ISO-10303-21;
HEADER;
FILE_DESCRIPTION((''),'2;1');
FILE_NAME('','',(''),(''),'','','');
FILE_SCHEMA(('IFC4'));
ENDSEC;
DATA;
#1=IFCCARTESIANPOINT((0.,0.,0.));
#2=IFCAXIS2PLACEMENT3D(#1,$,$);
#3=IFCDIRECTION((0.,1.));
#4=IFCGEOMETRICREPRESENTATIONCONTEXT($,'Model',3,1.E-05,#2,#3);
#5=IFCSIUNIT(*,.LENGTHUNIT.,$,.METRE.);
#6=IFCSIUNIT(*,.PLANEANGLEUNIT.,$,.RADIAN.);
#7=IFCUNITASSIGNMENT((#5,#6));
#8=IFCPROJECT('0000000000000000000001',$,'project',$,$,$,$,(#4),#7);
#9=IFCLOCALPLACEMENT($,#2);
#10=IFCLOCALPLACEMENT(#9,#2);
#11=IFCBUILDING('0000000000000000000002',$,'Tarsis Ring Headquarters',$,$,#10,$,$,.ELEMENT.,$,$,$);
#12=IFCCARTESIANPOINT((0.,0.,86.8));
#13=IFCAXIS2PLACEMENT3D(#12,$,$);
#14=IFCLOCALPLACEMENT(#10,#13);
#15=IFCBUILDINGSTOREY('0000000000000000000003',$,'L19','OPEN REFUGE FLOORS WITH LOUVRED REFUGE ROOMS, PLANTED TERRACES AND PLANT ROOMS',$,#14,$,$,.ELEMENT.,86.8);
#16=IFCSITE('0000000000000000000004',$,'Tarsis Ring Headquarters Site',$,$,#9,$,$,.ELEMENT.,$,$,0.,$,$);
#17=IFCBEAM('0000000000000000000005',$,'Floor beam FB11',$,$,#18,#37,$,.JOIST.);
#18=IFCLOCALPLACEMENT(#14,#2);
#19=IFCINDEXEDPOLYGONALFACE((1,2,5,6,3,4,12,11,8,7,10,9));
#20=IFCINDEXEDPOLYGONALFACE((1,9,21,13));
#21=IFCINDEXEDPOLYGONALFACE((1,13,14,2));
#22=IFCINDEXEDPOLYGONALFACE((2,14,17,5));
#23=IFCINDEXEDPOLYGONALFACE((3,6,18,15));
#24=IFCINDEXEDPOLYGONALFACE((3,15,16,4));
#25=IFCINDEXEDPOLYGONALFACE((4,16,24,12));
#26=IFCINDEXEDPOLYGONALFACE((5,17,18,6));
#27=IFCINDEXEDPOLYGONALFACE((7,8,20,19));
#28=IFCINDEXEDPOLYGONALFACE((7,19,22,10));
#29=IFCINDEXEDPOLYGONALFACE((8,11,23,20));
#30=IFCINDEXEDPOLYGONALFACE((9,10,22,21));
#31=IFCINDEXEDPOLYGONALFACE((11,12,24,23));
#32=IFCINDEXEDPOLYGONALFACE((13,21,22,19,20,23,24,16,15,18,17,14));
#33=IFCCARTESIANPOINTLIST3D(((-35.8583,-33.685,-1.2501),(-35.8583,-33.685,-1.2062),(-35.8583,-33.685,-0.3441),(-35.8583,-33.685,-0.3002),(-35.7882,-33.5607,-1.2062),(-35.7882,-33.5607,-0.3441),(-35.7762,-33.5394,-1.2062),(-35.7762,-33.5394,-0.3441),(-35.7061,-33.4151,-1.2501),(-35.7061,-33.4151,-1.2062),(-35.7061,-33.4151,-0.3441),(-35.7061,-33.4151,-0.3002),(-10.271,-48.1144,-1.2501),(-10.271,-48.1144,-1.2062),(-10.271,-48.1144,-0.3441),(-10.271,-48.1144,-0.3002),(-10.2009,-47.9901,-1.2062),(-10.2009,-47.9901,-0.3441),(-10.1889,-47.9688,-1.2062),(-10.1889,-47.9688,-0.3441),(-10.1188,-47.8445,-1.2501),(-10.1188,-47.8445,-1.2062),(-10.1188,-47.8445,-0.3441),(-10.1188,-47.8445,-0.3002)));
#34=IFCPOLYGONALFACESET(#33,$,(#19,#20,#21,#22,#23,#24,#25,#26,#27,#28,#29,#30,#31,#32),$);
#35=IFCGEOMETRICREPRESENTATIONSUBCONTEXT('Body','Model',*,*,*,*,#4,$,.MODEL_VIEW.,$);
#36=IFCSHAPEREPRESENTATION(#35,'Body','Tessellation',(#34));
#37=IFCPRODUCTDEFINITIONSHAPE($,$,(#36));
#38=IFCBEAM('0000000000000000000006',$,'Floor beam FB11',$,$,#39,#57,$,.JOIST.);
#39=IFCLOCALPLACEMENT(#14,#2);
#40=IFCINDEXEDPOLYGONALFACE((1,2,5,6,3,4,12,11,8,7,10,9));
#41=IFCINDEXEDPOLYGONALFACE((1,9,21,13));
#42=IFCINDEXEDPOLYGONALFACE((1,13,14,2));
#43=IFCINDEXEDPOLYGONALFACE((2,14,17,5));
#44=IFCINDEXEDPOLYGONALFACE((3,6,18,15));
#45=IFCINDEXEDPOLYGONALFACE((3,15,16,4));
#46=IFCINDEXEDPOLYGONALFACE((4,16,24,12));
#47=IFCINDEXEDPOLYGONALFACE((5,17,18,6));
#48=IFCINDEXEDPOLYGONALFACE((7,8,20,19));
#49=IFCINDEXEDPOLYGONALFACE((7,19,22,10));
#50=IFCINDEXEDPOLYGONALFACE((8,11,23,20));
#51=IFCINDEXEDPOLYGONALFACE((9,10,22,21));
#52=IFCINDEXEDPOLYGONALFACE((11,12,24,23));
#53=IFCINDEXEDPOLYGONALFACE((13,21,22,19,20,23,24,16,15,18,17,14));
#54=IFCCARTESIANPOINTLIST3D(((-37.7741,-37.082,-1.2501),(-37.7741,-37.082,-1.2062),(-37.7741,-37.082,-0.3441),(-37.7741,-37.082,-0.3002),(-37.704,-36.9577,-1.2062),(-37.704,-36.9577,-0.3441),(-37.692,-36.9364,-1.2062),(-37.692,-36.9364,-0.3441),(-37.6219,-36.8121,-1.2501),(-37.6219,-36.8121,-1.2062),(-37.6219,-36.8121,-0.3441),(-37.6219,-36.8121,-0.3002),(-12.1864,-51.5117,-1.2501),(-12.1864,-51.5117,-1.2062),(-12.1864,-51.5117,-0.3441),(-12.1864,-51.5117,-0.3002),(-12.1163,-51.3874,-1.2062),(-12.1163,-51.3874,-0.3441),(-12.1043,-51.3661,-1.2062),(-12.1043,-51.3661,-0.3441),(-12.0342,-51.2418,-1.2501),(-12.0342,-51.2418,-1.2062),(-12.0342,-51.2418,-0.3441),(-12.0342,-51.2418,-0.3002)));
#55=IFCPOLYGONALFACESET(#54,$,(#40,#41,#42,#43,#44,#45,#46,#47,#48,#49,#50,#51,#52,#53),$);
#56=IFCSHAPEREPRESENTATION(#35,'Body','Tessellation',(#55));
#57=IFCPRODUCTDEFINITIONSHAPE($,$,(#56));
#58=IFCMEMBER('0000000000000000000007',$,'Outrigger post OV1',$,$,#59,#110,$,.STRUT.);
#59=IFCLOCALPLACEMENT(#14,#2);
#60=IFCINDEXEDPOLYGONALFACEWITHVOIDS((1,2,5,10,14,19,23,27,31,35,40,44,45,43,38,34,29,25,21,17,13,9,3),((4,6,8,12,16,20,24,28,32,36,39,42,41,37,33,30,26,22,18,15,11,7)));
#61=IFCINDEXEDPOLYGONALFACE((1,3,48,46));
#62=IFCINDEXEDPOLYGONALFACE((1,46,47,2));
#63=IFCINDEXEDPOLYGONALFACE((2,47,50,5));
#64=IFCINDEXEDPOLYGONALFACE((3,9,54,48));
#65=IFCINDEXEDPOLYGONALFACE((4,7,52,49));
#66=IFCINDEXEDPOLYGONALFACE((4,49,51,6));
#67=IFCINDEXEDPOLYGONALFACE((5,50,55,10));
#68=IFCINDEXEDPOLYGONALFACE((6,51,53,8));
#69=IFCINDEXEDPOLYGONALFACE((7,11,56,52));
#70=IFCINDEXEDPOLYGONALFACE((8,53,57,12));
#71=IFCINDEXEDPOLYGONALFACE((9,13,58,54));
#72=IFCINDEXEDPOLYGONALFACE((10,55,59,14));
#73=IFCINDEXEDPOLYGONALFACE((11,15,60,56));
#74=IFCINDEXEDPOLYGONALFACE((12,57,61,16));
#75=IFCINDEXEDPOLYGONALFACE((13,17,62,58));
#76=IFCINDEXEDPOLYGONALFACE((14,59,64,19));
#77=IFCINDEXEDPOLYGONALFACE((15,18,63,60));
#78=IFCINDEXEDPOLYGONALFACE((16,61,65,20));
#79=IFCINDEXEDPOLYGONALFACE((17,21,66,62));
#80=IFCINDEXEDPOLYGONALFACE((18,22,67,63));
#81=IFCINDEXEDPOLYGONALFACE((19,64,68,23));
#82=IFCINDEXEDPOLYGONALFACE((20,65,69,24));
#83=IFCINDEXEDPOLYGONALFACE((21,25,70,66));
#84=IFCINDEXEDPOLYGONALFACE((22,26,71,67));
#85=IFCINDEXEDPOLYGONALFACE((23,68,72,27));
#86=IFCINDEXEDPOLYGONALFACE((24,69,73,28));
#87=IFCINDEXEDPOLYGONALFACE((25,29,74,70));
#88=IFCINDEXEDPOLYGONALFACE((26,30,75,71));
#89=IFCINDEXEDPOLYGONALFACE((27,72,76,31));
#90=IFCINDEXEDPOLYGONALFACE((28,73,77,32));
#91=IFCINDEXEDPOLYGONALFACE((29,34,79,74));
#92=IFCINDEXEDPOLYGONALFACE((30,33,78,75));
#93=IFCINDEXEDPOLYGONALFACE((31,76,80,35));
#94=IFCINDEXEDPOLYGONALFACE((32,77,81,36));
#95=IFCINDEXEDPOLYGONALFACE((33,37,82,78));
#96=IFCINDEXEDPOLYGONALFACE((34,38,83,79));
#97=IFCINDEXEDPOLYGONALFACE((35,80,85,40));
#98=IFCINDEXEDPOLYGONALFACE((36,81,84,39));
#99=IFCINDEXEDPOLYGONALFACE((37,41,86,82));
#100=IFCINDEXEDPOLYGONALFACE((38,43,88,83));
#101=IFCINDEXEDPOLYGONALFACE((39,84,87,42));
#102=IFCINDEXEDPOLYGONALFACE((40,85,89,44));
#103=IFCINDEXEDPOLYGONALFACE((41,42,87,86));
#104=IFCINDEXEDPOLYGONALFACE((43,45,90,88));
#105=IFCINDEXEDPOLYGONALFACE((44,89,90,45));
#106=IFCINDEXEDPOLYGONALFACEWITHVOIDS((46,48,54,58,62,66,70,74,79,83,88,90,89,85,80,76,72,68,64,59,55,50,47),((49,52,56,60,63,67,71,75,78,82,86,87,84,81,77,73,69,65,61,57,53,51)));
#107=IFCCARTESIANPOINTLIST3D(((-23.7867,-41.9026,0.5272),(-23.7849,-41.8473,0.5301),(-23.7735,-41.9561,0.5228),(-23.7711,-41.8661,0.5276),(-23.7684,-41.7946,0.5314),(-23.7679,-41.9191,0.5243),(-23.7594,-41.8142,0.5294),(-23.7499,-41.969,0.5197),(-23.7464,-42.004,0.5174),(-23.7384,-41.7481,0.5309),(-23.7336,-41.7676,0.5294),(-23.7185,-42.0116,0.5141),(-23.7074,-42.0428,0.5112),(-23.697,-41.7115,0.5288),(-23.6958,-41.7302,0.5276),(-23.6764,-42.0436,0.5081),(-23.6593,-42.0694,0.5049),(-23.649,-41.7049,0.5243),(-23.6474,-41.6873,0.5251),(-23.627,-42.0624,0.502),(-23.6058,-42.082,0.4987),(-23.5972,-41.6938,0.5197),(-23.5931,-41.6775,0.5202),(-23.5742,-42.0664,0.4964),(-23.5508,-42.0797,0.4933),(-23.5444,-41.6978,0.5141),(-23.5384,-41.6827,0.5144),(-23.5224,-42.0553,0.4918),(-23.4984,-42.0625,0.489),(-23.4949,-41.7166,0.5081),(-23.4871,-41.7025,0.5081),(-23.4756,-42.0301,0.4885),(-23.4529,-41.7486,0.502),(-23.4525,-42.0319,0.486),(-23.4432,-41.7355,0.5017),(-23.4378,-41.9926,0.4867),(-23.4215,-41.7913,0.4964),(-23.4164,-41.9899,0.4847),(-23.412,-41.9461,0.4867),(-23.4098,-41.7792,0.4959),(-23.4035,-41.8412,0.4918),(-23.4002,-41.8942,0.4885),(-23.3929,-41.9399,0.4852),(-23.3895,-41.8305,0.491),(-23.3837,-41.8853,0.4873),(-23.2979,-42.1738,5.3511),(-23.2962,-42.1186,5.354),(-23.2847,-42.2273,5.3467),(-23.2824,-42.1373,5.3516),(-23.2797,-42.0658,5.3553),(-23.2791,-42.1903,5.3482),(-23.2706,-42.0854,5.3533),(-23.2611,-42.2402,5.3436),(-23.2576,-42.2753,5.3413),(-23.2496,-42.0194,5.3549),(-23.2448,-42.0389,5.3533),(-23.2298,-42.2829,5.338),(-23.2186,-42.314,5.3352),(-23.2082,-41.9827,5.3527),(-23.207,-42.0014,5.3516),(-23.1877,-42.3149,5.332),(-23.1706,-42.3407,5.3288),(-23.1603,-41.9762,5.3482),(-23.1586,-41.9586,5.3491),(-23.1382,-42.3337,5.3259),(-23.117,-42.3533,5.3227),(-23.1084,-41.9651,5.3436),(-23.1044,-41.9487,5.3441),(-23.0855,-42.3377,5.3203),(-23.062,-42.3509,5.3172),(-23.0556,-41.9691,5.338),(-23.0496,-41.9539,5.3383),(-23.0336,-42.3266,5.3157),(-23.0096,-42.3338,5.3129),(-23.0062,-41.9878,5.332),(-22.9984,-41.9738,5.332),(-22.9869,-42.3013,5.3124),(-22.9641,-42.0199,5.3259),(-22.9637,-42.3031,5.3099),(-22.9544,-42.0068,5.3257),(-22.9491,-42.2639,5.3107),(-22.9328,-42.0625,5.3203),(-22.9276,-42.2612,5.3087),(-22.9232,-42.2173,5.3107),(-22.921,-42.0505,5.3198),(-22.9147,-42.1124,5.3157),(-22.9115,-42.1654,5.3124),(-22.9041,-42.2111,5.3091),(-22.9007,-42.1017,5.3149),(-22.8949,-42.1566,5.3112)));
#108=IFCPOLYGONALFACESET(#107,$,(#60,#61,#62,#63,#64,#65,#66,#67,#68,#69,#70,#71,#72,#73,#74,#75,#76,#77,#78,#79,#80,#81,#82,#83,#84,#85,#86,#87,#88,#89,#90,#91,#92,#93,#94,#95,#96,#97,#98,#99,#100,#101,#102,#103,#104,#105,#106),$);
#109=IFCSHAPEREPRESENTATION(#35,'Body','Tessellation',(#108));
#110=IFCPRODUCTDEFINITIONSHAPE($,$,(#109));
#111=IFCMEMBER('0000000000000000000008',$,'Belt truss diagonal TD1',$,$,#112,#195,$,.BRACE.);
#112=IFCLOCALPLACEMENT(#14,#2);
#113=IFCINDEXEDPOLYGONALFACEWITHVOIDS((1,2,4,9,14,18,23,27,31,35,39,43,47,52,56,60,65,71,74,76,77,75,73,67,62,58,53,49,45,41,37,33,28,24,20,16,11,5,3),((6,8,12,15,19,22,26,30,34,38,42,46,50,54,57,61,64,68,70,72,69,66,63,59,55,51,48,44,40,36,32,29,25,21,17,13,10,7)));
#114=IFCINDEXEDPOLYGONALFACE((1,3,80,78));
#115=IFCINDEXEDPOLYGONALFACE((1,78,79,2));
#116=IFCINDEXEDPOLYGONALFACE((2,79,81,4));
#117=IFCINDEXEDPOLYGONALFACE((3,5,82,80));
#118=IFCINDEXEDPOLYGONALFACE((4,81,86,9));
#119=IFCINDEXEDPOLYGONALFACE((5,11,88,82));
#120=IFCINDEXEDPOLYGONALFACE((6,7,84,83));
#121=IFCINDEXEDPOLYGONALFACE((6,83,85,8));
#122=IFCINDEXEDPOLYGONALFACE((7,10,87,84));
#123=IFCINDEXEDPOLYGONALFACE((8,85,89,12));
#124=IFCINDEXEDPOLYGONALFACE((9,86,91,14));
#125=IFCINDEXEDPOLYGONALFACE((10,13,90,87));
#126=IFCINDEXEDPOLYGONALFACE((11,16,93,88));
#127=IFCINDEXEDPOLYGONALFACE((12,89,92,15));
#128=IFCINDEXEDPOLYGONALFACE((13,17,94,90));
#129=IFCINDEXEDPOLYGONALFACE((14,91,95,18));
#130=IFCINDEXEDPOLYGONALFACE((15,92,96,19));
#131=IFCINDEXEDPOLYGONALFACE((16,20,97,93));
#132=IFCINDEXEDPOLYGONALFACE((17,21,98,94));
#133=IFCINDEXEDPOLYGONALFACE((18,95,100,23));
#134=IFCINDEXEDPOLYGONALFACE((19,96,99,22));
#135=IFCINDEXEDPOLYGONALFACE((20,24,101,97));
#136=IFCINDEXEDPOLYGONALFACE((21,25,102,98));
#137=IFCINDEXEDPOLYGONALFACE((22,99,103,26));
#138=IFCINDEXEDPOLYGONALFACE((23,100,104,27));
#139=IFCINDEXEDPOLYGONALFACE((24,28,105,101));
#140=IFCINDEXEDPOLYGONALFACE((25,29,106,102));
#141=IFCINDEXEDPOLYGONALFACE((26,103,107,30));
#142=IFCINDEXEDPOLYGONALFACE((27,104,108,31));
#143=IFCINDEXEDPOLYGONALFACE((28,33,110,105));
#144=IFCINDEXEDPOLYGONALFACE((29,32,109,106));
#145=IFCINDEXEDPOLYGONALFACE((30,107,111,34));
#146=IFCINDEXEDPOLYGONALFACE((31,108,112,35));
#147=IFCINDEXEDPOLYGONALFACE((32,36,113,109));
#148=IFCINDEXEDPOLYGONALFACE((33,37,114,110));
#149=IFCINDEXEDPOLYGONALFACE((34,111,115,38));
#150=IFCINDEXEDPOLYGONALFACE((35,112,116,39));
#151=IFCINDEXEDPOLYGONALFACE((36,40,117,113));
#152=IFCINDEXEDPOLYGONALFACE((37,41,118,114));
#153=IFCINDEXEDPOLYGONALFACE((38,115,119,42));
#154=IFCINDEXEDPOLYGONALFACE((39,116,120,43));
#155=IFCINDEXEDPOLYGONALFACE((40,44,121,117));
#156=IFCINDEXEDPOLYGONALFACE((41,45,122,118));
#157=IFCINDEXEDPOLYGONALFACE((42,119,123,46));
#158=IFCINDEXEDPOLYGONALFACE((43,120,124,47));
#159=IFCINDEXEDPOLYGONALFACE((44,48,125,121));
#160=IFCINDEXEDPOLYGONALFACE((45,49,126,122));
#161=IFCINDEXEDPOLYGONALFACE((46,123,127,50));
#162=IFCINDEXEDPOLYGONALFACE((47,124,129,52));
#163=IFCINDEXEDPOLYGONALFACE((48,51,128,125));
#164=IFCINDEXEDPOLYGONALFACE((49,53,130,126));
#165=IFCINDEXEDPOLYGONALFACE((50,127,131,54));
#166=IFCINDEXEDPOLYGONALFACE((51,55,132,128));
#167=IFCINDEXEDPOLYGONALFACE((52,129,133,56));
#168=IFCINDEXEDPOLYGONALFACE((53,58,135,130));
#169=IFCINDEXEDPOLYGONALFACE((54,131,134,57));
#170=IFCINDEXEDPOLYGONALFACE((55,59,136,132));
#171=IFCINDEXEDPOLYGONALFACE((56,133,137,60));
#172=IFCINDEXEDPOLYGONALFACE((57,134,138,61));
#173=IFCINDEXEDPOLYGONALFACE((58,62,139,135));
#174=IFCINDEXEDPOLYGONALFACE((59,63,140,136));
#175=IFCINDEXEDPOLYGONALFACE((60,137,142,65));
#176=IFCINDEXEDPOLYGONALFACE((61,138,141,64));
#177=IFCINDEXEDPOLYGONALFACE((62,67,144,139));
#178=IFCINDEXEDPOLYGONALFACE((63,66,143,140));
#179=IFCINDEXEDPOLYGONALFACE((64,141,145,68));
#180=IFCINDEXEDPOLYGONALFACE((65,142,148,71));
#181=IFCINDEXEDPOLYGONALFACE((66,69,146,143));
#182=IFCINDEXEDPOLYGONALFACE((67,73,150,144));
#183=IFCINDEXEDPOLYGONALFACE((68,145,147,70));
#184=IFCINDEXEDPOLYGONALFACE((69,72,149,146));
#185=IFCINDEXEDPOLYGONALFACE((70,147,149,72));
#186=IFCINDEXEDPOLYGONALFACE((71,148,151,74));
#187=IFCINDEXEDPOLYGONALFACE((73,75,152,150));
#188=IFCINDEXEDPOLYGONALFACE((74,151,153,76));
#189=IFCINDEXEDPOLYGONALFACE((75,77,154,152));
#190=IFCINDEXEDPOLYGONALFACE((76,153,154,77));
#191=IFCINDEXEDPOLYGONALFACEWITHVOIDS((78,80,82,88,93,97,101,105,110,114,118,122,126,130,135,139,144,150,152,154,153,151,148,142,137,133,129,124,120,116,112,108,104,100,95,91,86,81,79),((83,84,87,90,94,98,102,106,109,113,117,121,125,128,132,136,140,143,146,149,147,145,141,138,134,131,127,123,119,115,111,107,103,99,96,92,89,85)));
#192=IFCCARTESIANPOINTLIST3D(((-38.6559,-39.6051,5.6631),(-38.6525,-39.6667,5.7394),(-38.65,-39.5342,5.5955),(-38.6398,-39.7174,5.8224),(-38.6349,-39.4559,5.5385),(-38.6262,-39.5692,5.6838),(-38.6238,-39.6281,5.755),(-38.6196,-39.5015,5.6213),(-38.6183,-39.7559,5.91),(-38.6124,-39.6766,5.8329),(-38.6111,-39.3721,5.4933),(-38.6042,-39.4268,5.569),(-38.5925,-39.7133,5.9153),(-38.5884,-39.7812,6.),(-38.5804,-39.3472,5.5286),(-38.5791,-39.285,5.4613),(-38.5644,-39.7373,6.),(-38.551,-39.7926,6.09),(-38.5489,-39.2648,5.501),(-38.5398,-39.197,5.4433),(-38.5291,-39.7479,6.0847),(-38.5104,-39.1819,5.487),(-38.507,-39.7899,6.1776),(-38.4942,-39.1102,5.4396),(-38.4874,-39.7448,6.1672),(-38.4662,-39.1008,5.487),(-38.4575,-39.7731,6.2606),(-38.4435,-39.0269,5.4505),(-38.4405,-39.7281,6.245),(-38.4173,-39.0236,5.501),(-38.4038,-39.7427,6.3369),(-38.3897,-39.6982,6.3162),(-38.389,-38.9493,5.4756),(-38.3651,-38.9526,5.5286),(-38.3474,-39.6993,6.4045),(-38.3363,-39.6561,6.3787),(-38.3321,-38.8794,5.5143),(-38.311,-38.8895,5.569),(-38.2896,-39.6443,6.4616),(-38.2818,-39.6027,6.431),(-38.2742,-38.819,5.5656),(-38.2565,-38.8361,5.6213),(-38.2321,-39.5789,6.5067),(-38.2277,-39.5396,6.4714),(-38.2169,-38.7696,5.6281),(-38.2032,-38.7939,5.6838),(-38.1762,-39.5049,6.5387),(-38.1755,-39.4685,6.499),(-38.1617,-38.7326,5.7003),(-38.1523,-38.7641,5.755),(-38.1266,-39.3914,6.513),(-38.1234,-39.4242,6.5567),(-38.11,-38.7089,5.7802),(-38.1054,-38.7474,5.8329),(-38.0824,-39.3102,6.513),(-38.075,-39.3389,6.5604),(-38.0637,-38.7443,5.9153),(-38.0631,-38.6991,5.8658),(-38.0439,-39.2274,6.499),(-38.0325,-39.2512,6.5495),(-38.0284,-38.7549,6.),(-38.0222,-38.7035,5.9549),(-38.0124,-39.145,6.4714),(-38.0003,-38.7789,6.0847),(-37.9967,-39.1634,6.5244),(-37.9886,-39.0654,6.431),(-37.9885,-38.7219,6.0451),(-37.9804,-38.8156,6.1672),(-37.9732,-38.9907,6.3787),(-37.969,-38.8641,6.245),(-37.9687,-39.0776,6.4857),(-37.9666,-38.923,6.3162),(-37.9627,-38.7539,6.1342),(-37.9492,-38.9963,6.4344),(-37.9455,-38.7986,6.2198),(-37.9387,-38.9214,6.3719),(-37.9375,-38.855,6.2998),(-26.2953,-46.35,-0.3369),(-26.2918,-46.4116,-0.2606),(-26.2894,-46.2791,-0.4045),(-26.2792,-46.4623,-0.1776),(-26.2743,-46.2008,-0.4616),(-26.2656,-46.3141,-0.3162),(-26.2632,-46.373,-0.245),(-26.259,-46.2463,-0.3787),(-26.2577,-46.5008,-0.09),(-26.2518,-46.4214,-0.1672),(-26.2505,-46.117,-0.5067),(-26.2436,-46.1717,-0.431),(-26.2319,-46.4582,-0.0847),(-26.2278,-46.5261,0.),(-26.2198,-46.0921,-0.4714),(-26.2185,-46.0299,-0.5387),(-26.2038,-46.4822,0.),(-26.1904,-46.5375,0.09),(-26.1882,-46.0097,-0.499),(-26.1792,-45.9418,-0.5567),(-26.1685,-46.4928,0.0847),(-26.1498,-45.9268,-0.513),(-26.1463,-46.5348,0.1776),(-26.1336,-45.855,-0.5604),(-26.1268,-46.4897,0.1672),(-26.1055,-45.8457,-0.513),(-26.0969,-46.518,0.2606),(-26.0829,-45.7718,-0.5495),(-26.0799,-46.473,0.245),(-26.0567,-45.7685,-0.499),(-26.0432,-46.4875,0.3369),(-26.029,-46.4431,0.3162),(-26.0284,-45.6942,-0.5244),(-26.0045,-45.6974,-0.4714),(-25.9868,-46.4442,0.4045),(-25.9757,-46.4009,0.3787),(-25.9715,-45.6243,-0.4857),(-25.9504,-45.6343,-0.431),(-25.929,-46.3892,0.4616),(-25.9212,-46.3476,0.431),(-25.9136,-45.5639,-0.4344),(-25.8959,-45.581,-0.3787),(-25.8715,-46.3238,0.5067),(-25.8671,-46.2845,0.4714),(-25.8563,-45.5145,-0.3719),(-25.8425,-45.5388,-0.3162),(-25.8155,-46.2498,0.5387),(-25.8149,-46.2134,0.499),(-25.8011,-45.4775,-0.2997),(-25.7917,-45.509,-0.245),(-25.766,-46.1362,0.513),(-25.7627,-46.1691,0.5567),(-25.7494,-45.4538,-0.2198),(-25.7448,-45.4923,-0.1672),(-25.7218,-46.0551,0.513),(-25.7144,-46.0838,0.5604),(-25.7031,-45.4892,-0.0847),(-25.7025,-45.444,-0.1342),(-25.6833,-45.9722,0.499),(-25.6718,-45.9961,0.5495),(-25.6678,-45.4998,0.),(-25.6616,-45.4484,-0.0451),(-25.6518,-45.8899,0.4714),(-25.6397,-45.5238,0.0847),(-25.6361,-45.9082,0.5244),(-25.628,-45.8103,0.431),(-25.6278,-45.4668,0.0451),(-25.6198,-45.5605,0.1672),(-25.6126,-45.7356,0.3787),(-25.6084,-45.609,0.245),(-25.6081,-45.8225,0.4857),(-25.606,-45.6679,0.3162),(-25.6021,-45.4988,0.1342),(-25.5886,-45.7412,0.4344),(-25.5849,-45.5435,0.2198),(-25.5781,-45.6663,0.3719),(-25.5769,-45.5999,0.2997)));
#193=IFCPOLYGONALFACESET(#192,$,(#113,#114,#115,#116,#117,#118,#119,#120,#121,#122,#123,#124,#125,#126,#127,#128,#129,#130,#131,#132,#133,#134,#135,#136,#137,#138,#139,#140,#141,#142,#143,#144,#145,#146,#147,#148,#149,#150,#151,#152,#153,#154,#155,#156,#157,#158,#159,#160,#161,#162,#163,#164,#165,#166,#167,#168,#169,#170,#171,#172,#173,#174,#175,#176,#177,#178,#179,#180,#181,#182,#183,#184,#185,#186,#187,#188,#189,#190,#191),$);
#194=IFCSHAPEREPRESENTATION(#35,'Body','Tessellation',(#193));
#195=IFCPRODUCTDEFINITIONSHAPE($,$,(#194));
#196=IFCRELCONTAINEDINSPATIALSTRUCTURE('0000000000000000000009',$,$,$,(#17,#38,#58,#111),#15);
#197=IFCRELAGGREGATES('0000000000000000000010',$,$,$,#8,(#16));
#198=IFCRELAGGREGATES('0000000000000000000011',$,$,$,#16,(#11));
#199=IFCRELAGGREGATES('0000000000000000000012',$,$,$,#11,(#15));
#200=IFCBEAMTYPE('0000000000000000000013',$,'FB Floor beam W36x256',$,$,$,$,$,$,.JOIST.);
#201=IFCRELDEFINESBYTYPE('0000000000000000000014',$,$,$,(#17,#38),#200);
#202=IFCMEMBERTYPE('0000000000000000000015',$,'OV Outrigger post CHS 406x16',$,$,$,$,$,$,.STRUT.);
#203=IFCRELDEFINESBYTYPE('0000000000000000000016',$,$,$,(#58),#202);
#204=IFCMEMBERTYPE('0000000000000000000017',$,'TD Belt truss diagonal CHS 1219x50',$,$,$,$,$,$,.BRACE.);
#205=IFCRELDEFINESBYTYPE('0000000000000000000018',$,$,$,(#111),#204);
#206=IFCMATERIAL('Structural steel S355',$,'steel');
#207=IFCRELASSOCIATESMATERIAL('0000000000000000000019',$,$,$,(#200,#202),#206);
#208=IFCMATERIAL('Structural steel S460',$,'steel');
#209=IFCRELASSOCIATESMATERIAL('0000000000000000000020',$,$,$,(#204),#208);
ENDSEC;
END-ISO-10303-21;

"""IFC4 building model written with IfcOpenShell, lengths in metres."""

from ifc_helpers import new_model, si_unit, direction, frame, origin, origin_2d, place, context, subcontext, project, spatial, hollow_circle, i_section, extrude, material, material_profile, profile_set, type_object, element, save


model = new_model("IFC4")

# Units and contexts
model_context = context("Model", 3, precision=1e-05, world=origin(), true_north=direction((0.0, 1.0)))
body_context = subcontext(model_context, "Body", "Model", "MODEL_VIEW")
ifc_project = project(units=[si_unit("LENGTHUNIT", "METRE"), si_unit("PLANEANGLEUNIT", "RADIAN")], contexts=[model_context])

# Site, building, storey
site_placement = place(None, origin())
site = spatial("IfcSite", under=ifc_project, at=site_placement, Name="Tarsis Ring Headquarters Site", CompositionType="ELEMENT", RefElevation=0.0)
building_placement = place(site_placement, origin())
building = spatial("IfcBuilding", under=site, at=building_placement, Name="Tarsis Ring Headquarters", CompositionType="ELEMENT")
storey_placement = place(building_placement, frame((0.0, 0.0, 86.8)))
storey = spatial("IfcBuildingStorey", under=building, at=storey_placement, Name="L19", Description="OPEN REFUGE FLOORS WITH LOUVRED REFUGE ROOMS, PLANTED TERRACES AND PLANT ROOMS", CompositionType="ELEMENT", Elevation=86.8)

# Shared definitions
ifc_material_1 = material(Name="Structural steel S460", Category="steel")
ifc_material_profile_1 = material_profile(ifc_material_1, hollow_circle(Radius=0.6096, WallThickness=0.05, at=origin_2d()), Name="CHS 1219x50")
ifc_profile_set_1 = profile_set([ifc_material_profile_1], Name="Structural steel S460")

# Beams
ifc_material_2 = material(Name="Structural steel S355", Category="steel")
ifc_material_profile_2 = material_profile(ifc_material_2, i_section(OverallWidth=0.3098, OverallDepth=0.95, WebThickness=0.0244, FlangeThickness=0.0439, at=origin_2d()), Name="W36x256")
ifc_profile_set_2 = profile_set([ifc_material_profile_2], Name="Structural steel S355")
beam_type_1 = type_object("IfcBeamType", Name="FB Floor beam W36x256", PredefinedType="JOIST", material=ifc_profile_set_2)
beam_1_placement = place(storey_placement, frame((-35.7822, -33.55, -0.7751), z_axis=(0.871044, -0.491206, 0.0), x_axis=(0.491206, 0.871044, 0.0)))
element("IfcBeam", 1, at=beam_1_placement, inside=storey, type_object=beam_type_1, Name="Floor beam FB11", PredefinedType="JOIST", context=body_context, shape_type="SweptSolid", body=[
    extrude(i_section(OverallWidth=0.3098, OverallDepth=0.95, WebThickness=0.0244, FlangeThickness=0.0439, at=origin_2d()), origin(), (0.0, 0.0, 1.0), 29.3755),
])
beam_2_placement = place(storey_placement, frame((-37.698, -36.947, -0.7751), z_axis=(0.871042, -0.491208, 0.0), x_axis=(0.491208, 0.871042, 0.0)))
element("IfcBeam", 2, at=beam_2_placement, inside=storey, type_object=beam_type_1, Name="Floor beam FB11", PredefinedType="JOIST", context=body_context, shape_type="SweptSolid", body=[
    extrude(i_section(OverallWidth=0.3098, OverallDepth=0.95, WebThickness=0.0244, FlangeThickness=0.0439, at=origin_2d()), origin(), (0.0, 0.0, 1.0), 29.376),
])

# Members
ifc_material_profile_3 = material_profile(ifc_material_2, hollow_circle(Radius=0.2031, WallThickness=0.0161, at=origin_2d()), Name="CHS 406x16")
ifc_profile_set_3 = profile_set([ifc_material_profile_3], Name="Structural steel S355")
member_type_1 = type_object("IfcMemberType", Name="OV Outrigger post CHS 406x16", PredefinedType="STRUT", material=ifc_profile_set_3)
member_1_placement = place(storey_placement, frame((-23.5857, -41.8801, 0.5081), z_axis=(0.100647, -0.055854, 0.993353), x_axis=(0.485235, 0.874384, 0.0)))
element("IfcMember", 3, at=member_1_placement, inside=storey, type_object=member_type_1, Name="Outrigger post OV1", PredefinedType="STRUT", context=body_context, shape_type="SweptSolid", body=[
    extrude(hollow_circle(Radius=0.2031, WallThickness=0.0161, at=origin_2d()), origin(), (0.0, 0.0, 1.0), 4.8562),
])
member_type_2 = type_object("IfcMemberType", Name="TD Belt truss diagonal CHS 1219x50", PredefinedType="BRACE", material=ifc_profile_set_1)
member_2_placement = place(storey_placement, frame((-25.9358, -45.991, 0.0), z_axis=(-0.807558, 0.440665, 0.392), x_axis=(-0.479002, -0.877814, 0.0)))
element("IfcMember", 4, at=member_2_placement, inside=storey, type_object=member_type_2, Name="Belt truss diagonal TD1", PredefinedType="BRACE", context=body_context, shape_type="SweptSolid", body=[
    extrude(hollow_circle(Radius=0.6096, WallThickness=0.05, at=origin_2d()), origin(), (0.0, 0.0, 1.0), 15.3062),
])

save(model, "model.ifc")
